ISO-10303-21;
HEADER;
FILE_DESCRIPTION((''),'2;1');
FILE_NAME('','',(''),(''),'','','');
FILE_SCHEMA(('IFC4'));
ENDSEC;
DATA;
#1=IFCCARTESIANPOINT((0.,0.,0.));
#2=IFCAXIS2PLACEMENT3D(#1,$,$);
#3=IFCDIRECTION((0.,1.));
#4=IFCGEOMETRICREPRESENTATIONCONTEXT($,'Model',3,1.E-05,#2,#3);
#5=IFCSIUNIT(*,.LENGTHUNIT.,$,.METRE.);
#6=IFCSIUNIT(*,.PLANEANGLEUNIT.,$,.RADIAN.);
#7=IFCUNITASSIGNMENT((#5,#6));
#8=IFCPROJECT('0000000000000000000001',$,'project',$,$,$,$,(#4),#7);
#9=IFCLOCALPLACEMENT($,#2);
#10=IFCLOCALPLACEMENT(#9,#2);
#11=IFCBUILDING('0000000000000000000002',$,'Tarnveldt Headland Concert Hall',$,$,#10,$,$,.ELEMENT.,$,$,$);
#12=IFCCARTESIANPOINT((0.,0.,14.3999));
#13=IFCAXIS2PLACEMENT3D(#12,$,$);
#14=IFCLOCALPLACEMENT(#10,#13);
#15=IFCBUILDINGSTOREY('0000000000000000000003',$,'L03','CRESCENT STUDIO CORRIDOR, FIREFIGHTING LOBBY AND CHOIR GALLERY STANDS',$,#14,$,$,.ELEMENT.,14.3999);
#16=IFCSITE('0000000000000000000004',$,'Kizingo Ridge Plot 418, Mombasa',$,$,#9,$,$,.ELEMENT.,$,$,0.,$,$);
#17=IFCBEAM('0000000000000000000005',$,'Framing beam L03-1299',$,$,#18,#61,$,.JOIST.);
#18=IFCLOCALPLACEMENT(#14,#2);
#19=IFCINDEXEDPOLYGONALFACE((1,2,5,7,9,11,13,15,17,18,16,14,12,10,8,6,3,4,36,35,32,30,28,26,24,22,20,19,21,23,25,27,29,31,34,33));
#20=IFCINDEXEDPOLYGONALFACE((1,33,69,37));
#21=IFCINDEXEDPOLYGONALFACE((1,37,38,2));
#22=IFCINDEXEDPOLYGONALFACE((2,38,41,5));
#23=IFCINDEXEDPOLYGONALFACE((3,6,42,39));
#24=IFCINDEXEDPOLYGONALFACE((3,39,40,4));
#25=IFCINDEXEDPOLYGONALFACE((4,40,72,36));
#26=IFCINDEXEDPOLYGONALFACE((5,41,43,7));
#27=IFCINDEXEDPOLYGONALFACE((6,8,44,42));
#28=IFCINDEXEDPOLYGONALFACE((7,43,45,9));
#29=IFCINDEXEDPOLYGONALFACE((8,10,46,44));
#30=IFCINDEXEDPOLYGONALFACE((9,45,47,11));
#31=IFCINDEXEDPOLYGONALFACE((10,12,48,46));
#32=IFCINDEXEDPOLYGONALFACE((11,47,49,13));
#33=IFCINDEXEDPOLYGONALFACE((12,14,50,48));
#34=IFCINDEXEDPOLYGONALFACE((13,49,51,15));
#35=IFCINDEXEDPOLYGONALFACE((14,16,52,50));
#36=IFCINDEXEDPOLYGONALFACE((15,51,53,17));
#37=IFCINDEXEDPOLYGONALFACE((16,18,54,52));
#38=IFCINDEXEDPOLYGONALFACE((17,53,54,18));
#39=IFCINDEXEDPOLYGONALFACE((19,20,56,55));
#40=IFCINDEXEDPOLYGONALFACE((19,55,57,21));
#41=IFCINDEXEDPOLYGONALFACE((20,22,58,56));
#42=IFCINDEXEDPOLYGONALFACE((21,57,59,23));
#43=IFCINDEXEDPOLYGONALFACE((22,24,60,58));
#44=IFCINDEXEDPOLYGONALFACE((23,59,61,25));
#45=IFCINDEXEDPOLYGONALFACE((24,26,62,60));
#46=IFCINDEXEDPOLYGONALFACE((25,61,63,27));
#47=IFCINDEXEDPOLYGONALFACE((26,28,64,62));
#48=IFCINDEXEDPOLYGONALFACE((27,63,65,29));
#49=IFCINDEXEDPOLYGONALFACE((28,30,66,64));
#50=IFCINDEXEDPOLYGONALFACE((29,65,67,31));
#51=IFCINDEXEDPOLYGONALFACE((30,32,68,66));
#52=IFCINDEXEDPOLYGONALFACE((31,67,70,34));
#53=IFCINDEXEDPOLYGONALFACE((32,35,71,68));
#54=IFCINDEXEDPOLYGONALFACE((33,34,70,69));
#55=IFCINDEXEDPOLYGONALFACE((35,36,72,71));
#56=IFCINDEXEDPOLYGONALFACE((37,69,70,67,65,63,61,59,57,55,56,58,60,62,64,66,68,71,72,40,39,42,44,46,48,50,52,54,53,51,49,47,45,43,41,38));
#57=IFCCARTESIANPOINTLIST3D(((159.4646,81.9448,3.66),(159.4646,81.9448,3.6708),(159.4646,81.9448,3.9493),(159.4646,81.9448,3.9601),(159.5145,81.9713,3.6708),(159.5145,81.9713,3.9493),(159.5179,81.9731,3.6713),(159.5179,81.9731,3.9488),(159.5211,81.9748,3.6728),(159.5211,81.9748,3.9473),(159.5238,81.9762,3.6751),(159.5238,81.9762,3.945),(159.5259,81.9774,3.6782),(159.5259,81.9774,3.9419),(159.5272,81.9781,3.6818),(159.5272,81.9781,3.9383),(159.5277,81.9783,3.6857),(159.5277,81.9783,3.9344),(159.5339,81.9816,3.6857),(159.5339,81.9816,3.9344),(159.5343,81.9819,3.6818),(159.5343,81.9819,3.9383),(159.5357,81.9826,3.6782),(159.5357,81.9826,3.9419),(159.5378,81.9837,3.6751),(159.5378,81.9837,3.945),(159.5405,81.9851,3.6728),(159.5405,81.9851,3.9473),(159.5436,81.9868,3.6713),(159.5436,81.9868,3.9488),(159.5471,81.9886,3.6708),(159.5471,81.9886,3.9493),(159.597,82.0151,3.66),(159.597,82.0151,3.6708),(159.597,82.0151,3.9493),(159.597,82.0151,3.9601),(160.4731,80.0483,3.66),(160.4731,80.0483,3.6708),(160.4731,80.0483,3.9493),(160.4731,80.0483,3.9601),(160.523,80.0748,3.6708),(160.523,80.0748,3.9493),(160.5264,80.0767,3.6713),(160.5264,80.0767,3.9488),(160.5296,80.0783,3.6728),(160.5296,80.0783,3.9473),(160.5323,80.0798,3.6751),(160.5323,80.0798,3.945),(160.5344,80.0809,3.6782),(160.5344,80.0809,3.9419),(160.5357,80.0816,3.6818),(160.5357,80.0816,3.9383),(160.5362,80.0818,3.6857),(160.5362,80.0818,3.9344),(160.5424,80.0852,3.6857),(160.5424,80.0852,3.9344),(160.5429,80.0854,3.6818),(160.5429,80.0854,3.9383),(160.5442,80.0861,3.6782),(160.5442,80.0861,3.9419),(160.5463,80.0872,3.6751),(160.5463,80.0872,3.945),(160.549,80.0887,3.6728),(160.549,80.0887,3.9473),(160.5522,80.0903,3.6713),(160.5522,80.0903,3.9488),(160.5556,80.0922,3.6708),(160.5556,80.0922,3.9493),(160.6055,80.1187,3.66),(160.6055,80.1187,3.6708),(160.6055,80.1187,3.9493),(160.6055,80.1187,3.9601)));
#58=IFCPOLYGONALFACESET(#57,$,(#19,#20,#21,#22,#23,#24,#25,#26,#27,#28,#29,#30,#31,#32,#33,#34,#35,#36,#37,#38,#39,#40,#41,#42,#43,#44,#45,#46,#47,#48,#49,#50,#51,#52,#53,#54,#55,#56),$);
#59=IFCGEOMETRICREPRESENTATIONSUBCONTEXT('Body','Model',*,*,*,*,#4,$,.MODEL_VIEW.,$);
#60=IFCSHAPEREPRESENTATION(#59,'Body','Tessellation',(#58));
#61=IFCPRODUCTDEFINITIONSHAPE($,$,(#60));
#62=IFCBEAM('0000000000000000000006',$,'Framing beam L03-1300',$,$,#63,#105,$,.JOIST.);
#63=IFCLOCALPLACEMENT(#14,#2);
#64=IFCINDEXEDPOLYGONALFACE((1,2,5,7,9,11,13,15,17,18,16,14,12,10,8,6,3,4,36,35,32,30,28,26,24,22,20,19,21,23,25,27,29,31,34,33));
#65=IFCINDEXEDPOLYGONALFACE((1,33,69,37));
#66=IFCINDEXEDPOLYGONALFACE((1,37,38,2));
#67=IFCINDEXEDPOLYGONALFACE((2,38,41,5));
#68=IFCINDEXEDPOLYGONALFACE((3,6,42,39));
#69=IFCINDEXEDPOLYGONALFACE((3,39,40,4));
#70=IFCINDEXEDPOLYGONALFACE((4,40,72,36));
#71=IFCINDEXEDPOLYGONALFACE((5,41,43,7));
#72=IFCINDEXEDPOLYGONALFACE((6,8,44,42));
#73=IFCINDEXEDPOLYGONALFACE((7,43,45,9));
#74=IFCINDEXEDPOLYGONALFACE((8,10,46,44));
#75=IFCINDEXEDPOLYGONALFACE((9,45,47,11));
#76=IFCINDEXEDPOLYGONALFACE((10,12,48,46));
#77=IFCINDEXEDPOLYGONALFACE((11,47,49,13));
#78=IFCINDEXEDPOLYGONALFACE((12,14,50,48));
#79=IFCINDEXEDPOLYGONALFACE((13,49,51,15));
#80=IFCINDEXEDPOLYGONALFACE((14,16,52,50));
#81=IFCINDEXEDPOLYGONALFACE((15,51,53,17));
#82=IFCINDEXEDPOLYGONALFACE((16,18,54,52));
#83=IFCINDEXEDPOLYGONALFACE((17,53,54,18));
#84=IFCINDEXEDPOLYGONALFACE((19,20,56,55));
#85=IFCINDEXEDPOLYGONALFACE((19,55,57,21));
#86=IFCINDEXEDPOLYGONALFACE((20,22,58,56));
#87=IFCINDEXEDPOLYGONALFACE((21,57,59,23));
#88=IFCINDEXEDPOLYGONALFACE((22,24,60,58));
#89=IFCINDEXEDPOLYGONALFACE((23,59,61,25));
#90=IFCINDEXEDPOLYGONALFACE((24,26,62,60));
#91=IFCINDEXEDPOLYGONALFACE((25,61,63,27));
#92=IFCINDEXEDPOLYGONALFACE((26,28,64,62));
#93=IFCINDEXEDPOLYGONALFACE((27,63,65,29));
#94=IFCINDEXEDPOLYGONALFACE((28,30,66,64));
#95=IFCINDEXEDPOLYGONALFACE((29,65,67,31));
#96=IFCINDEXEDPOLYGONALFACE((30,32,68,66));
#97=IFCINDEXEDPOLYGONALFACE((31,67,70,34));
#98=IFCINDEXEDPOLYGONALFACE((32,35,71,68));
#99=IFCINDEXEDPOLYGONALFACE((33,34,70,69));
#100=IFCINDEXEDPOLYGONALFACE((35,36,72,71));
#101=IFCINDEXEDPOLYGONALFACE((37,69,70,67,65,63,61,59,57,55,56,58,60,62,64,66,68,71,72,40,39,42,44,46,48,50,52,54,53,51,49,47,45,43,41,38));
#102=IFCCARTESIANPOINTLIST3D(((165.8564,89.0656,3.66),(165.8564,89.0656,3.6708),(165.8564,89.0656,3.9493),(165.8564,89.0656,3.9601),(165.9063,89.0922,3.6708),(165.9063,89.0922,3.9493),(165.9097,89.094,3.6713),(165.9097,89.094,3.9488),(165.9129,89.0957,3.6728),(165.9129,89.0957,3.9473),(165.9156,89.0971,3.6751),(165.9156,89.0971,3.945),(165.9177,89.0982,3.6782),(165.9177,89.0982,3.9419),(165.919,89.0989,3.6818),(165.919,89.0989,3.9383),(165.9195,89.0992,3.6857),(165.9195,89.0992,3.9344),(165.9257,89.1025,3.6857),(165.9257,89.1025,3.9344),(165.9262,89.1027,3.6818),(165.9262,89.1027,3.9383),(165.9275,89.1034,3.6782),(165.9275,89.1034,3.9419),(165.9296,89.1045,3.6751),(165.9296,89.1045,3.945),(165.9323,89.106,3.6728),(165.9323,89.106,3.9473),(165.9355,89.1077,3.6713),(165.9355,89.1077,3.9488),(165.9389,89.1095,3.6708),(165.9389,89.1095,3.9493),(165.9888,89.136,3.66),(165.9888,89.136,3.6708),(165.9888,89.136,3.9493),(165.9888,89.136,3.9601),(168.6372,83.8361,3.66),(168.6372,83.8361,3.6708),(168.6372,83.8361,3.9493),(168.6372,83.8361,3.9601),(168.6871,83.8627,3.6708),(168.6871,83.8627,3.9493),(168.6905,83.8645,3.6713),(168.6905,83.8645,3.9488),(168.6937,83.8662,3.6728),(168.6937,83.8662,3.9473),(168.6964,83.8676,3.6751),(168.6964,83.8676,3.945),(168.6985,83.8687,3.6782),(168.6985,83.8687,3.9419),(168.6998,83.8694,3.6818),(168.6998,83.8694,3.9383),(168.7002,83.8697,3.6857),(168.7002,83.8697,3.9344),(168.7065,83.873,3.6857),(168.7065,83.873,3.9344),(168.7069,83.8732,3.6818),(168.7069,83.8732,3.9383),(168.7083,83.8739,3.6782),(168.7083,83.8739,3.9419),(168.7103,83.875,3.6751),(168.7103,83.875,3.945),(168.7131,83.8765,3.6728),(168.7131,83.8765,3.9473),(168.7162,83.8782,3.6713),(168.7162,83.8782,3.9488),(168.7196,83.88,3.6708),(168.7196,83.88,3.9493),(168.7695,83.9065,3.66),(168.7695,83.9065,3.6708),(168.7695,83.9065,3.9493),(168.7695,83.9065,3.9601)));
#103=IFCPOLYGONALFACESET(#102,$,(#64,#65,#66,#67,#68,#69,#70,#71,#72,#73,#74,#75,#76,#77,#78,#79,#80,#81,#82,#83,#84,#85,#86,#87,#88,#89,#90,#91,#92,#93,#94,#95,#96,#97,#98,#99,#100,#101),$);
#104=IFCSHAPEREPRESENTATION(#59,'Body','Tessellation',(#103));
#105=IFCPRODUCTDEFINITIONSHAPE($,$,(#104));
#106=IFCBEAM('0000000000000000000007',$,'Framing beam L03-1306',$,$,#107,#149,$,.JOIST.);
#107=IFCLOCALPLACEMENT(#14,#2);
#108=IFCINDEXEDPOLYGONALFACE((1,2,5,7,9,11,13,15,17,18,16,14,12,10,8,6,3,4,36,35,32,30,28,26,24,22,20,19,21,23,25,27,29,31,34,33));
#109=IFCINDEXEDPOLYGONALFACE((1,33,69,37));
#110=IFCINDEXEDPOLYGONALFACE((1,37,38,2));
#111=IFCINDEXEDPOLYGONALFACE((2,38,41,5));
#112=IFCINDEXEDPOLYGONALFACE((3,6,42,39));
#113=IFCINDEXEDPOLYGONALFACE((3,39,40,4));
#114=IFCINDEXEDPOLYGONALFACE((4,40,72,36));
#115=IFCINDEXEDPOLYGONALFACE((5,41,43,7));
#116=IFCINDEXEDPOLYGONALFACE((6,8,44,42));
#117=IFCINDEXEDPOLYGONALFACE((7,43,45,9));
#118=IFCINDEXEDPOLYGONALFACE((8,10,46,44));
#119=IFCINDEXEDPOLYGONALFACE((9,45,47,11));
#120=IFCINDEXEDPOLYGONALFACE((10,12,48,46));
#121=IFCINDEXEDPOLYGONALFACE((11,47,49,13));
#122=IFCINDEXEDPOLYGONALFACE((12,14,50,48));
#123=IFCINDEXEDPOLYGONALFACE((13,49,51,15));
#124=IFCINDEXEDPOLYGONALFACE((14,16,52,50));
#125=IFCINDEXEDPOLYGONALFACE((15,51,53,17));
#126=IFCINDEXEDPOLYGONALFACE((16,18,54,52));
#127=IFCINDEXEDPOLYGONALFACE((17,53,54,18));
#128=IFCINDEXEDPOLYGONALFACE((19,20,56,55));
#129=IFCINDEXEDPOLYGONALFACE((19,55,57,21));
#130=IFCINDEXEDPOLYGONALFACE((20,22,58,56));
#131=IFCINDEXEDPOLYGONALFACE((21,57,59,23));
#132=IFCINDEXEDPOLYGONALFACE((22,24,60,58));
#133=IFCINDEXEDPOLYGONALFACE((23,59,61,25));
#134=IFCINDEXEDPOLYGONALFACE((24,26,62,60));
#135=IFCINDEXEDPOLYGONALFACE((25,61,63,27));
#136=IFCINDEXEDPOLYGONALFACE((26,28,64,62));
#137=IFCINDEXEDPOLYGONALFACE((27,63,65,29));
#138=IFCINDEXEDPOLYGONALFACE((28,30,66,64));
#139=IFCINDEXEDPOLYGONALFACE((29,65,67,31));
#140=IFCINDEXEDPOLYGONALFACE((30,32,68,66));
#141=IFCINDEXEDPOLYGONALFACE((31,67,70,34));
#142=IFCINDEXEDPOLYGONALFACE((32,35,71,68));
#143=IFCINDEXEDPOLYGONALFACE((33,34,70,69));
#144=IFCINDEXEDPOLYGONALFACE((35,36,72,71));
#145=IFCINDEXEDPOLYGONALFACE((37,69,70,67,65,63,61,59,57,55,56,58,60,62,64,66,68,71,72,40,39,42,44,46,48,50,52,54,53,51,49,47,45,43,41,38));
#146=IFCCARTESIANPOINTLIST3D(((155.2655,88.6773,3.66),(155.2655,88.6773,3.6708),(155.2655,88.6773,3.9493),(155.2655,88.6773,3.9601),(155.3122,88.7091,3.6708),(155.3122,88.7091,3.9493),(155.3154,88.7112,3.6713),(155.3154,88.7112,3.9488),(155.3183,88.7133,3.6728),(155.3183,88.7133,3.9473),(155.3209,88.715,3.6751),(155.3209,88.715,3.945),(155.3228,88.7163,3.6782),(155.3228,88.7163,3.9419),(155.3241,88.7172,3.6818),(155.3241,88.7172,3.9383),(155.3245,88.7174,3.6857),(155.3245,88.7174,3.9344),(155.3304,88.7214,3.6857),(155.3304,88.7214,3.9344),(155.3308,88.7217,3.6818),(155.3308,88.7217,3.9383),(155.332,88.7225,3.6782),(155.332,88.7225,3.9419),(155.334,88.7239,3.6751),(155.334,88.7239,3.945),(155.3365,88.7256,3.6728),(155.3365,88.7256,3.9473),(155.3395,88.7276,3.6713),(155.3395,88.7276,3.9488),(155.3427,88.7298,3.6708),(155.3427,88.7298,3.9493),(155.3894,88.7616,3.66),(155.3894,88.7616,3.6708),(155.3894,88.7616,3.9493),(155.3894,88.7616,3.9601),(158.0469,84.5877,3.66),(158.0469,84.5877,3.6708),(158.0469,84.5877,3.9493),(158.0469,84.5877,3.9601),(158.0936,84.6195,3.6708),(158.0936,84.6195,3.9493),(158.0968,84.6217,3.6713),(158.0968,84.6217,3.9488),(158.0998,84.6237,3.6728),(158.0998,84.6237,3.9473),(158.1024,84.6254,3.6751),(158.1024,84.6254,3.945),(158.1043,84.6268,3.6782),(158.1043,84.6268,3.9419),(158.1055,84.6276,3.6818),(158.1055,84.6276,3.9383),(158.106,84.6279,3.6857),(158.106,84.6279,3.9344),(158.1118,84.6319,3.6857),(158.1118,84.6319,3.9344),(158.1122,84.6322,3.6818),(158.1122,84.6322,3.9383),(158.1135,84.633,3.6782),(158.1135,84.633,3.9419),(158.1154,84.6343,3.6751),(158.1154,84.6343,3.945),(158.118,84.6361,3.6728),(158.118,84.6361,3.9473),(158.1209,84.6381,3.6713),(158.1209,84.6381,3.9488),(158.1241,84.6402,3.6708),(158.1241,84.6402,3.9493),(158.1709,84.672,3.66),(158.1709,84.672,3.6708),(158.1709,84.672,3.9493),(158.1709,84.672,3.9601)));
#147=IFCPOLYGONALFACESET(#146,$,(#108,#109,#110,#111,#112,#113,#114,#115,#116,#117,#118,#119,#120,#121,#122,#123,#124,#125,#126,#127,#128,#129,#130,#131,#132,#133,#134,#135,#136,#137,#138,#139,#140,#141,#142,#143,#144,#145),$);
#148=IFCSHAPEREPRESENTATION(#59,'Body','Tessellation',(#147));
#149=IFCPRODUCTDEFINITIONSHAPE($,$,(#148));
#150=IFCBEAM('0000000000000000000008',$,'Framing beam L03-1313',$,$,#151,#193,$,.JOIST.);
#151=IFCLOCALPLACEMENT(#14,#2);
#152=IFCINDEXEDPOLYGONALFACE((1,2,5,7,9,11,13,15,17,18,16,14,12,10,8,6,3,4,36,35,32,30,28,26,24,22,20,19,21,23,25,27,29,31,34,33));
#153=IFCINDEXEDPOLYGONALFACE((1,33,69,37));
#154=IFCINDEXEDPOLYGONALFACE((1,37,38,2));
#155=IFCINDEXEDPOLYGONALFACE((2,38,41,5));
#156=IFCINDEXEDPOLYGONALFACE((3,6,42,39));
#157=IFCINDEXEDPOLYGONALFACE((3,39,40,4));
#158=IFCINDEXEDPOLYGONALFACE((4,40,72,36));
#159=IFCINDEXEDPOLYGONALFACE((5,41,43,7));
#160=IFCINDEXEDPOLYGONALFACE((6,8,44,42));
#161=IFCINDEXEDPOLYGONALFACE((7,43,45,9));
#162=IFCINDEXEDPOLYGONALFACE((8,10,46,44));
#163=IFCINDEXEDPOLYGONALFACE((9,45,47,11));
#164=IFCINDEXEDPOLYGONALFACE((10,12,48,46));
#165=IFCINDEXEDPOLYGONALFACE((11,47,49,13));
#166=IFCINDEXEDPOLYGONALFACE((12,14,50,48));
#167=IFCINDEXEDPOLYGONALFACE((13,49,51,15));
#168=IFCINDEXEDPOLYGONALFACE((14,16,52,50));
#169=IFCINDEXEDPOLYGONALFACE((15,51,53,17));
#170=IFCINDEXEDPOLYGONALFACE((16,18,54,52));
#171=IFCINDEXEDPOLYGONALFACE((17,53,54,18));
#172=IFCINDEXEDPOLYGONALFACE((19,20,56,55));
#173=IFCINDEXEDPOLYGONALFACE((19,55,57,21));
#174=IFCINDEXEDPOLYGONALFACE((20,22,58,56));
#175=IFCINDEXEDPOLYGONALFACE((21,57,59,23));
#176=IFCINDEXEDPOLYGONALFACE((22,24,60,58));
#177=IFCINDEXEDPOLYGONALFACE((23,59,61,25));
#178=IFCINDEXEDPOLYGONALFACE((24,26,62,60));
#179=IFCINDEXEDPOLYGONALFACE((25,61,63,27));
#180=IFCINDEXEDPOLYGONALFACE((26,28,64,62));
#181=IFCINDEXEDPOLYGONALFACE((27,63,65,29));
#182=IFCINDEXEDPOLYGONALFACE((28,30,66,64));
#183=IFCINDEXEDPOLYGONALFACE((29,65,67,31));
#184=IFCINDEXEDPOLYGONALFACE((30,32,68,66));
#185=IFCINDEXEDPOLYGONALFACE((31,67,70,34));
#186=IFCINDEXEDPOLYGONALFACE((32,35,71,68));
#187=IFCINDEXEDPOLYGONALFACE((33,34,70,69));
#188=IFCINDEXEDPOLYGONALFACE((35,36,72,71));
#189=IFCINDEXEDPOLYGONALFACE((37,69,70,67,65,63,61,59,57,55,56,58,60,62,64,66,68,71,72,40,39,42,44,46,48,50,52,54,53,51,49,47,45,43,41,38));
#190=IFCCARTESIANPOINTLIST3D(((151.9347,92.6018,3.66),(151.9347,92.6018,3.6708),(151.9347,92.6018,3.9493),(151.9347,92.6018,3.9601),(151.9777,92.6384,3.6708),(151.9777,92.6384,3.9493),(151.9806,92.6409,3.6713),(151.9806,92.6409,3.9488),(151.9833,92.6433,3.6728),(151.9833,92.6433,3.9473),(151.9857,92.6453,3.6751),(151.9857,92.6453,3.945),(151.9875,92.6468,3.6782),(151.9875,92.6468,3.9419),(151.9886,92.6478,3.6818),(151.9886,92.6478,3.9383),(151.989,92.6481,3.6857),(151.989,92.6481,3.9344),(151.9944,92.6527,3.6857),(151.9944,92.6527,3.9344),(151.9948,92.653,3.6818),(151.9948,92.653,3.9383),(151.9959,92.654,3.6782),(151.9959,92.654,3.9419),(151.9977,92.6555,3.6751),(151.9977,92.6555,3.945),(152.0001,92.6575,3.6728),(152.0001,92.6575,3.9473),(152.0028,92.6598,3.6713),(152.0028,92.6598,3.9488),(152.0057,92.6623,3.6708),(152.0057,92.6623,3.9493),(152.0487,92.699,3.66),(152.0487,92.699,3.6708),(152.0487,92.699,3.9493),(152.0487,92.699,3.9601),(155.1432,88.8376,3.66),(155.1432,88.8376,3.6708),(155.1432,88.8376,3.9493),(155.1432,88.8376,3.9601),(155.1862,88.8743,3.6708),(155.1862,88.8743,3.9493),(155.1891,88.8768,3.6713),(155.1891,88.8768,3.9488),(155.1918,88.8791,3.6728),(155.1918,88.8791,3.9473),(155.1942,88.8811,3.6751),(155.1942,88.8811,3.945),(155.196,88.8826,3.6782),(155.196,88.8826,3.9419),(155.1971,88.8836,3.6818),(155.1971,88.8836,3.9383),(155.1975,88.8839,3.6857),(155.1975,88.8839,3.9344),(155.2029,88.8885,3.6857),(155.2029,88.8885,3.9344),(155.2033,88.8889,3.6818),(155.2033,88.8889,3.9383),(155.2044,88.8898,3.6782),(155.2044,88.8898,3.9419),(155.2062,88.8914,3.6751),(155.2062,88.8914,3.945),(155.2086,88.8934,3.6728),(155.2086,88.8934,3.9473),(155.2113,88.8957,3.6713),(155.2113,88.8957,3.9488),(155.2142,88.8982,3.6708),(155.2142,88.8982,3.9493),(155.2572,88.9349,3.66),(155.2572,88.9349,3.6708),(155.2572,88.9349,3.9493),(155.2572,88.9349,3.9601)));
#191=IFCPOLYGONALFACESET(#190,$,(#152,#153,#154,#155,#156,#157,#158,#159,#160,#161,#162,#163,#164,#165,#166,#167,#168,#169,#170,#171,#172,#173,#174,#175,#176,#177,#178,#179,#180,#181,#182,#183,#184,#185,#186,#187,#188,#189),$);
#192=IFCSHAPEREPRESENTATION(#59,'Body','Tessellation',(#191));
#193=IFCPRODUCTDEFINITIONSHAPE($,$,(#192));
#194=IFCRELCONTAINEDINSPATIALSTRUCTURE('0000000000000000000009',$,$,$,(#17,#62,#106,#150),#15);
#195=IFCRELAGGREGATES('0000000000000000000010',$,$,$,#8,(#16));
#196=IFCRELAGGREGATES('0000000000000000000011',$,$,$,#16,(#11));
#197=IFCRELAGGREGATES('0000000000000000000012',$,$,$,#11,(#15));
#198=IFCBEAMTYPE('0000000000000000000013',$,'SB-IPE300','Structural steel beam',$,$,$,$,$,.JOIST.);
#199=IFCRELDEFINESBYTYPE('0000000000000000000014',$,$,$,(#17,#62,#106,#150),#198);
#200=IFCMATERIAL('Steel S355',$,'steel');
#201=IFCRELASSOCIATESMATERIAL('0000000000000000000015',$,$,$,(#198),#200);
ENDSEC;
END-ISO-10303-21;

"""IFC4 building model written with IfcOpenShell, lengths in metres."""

from ifc_helpers import new_model, si_unit, direction, frame, origin, origin_2d, place, context, subcontext, project, spatial, i_section, extrude, material, material_profile, profile_set, type_object, element, save


model = new_model("IFC4")

# Units and contexts
model_context = context("Model", 3, precision=1e-05, world=origin(), true_north=direction((0.0, 1.0)))
body_context = subcontext(model_context, "Body", "Model", "MODEL_VIEW")
ifc_project = project(units=[si_unit("LENGTHUNIT", "METRE"), si_unit("PLANEANGLEUNIT", "RADIAN")], contexts=[model_context])

# Site, building, storey
site_placement = place(None, origin())
site = spatial("IfcSite", under=ifc_project, at=site_placement, Name="Kizingo Ridge Plot 418, Mombasa", CompositionType="ELEMENT", RefElevation=0.0)
building_placement = place(site_placement, origin())
building = spatial("IfcBuilding", under=site, at=building_placement, Name="Tarnveldt Headland Concert Hall", CompositionType="ELEMENT")
storey_placement = place(building_placement, frame((0.0, 0.0, 14.3999)))
storey = spatial("IfcBuildingStorey", under=building, at=storey_placement, Name="L03", Description="CRESCENT STUDIO CORRIDOR, FIREFIGHTING LOBBY AND CHOIR GALLERY STANDS", CompositionType="ELEMENT", Elevation=14.3999)

# Shared definitions
ifc_material_1 = material(Name="Steel S355", Category="steel")

# Beams
ifc_material_profile_1 = material_profile(ifc_material_1, i_section(OverallWidth=0.1499, OverallDepth=0.3, WebThickness=0.0071, FlangeThickness=0.0107, FilletRadius=0.0149, at=origin_2d()), Name="IPE300", Category="steel")
ifc_profile_set_1 = profile_set([ifc_material_profile_1], Name="Steel S355")
beam_type_1 = type_object("IfcBeamType", Name="SB-IPE300", Description="Structural steel beam", PredefinedType="JOIST", material=ifc_profile_set_1)
beam_1_placement = place(storey_placement, frame((160.5393, 80.0835, 3.8101), z_axis=(-0.469532, 0.882915, 0.0), x_axis=(-0.882915, -0.469532, 0.0)))
element("IfcBeam", 1, at=beam_1_placement, inside=storey, type_object=beam_type_1, Name="Framing beam L03-1299", PredefinedType="JOIST", context=body_context, shape_type="SweptSolid", body=[
    extrude(i_section(OverallWidth=0.1499, OverallDepth=0.3, WebThickness=0.0071, FlangeThickness=0.0107, FilletRadius=0.0149, at=origin_2d()), origin(), (0.0, 0.0, 1.0), 2.1479),
])
beam_2_placement = place(storey_placement, frame((168.7034, 83.8713, 3.8101), z_axis=(-0.469497, 0.882934, 0.0), x_axis=(-0.882934, -0.469497, 0.0)))
element("IfcBeam", 2, at=beam_2_placement, inside=storey, type_object=beam_type_1, Name="Framing beam L03-1300", PredefinedType="JOIST", context=body_context, shape_type="SweptSolid", body=[
    extrude(i_section(OverallWidth=0.1499, OverallDepth=0.3, WebThickness=0.0071, FlangeThickness=0.0107, FilletRadius=0.0149, at=origin_2d()), origin(), (0.0, 0.0, 1.0), 5.9229),
])
beam_3_placement = place(storey_placement, frame((158.1089, 84.6299, 3.8101), z_axis=(-0.562388, 0.826873, 0.0), x_axis=(-0.826873, -0.562388, 0.0)))
element("IfcBeam", 3, at=beam_3_placement, inside=storey, type_object=beam_type_1, Name="Framing beam L03-1306", PredefinedType="JOIST", context=body_context, shape_type="SweptSolid", body=[
    extrude(i_section(OverallWidth=0.1499, OverallDepth=0.3, WebThickness=0.0071, FlangeThickness=0.0107, FilletRadius=0.0149, at=origin_2d()), origin(), (0.0, 0.0, 1.0), 4.9458),
])
beam_4_placement = place(storey_placement, frame((155.2002, 88.8862, 3.8101), z_axis=(-0.648699, 0.761045, 0.0), x_axis=(-0.761045, -0.648699, 0.0)))
element("IfcBeam", 4, at=beam_4_placement, inside=storey, type_object=beam_type_1, Name="Framing beam L03-1313", PredefinedType="JOIST", context=body_context, shape_type="SweptSolid", body=[
    extrude(i_section(OverallWidth=0.1499, OverallDepth=0.3, WebThickness=0.0071, FlangeThickness=0.0107, FilletRadius=0.0149, at=origin_2d()), origin(), (0.0, 0.0, 1.0), 4.946),
])

save(model, "model.ifc")
